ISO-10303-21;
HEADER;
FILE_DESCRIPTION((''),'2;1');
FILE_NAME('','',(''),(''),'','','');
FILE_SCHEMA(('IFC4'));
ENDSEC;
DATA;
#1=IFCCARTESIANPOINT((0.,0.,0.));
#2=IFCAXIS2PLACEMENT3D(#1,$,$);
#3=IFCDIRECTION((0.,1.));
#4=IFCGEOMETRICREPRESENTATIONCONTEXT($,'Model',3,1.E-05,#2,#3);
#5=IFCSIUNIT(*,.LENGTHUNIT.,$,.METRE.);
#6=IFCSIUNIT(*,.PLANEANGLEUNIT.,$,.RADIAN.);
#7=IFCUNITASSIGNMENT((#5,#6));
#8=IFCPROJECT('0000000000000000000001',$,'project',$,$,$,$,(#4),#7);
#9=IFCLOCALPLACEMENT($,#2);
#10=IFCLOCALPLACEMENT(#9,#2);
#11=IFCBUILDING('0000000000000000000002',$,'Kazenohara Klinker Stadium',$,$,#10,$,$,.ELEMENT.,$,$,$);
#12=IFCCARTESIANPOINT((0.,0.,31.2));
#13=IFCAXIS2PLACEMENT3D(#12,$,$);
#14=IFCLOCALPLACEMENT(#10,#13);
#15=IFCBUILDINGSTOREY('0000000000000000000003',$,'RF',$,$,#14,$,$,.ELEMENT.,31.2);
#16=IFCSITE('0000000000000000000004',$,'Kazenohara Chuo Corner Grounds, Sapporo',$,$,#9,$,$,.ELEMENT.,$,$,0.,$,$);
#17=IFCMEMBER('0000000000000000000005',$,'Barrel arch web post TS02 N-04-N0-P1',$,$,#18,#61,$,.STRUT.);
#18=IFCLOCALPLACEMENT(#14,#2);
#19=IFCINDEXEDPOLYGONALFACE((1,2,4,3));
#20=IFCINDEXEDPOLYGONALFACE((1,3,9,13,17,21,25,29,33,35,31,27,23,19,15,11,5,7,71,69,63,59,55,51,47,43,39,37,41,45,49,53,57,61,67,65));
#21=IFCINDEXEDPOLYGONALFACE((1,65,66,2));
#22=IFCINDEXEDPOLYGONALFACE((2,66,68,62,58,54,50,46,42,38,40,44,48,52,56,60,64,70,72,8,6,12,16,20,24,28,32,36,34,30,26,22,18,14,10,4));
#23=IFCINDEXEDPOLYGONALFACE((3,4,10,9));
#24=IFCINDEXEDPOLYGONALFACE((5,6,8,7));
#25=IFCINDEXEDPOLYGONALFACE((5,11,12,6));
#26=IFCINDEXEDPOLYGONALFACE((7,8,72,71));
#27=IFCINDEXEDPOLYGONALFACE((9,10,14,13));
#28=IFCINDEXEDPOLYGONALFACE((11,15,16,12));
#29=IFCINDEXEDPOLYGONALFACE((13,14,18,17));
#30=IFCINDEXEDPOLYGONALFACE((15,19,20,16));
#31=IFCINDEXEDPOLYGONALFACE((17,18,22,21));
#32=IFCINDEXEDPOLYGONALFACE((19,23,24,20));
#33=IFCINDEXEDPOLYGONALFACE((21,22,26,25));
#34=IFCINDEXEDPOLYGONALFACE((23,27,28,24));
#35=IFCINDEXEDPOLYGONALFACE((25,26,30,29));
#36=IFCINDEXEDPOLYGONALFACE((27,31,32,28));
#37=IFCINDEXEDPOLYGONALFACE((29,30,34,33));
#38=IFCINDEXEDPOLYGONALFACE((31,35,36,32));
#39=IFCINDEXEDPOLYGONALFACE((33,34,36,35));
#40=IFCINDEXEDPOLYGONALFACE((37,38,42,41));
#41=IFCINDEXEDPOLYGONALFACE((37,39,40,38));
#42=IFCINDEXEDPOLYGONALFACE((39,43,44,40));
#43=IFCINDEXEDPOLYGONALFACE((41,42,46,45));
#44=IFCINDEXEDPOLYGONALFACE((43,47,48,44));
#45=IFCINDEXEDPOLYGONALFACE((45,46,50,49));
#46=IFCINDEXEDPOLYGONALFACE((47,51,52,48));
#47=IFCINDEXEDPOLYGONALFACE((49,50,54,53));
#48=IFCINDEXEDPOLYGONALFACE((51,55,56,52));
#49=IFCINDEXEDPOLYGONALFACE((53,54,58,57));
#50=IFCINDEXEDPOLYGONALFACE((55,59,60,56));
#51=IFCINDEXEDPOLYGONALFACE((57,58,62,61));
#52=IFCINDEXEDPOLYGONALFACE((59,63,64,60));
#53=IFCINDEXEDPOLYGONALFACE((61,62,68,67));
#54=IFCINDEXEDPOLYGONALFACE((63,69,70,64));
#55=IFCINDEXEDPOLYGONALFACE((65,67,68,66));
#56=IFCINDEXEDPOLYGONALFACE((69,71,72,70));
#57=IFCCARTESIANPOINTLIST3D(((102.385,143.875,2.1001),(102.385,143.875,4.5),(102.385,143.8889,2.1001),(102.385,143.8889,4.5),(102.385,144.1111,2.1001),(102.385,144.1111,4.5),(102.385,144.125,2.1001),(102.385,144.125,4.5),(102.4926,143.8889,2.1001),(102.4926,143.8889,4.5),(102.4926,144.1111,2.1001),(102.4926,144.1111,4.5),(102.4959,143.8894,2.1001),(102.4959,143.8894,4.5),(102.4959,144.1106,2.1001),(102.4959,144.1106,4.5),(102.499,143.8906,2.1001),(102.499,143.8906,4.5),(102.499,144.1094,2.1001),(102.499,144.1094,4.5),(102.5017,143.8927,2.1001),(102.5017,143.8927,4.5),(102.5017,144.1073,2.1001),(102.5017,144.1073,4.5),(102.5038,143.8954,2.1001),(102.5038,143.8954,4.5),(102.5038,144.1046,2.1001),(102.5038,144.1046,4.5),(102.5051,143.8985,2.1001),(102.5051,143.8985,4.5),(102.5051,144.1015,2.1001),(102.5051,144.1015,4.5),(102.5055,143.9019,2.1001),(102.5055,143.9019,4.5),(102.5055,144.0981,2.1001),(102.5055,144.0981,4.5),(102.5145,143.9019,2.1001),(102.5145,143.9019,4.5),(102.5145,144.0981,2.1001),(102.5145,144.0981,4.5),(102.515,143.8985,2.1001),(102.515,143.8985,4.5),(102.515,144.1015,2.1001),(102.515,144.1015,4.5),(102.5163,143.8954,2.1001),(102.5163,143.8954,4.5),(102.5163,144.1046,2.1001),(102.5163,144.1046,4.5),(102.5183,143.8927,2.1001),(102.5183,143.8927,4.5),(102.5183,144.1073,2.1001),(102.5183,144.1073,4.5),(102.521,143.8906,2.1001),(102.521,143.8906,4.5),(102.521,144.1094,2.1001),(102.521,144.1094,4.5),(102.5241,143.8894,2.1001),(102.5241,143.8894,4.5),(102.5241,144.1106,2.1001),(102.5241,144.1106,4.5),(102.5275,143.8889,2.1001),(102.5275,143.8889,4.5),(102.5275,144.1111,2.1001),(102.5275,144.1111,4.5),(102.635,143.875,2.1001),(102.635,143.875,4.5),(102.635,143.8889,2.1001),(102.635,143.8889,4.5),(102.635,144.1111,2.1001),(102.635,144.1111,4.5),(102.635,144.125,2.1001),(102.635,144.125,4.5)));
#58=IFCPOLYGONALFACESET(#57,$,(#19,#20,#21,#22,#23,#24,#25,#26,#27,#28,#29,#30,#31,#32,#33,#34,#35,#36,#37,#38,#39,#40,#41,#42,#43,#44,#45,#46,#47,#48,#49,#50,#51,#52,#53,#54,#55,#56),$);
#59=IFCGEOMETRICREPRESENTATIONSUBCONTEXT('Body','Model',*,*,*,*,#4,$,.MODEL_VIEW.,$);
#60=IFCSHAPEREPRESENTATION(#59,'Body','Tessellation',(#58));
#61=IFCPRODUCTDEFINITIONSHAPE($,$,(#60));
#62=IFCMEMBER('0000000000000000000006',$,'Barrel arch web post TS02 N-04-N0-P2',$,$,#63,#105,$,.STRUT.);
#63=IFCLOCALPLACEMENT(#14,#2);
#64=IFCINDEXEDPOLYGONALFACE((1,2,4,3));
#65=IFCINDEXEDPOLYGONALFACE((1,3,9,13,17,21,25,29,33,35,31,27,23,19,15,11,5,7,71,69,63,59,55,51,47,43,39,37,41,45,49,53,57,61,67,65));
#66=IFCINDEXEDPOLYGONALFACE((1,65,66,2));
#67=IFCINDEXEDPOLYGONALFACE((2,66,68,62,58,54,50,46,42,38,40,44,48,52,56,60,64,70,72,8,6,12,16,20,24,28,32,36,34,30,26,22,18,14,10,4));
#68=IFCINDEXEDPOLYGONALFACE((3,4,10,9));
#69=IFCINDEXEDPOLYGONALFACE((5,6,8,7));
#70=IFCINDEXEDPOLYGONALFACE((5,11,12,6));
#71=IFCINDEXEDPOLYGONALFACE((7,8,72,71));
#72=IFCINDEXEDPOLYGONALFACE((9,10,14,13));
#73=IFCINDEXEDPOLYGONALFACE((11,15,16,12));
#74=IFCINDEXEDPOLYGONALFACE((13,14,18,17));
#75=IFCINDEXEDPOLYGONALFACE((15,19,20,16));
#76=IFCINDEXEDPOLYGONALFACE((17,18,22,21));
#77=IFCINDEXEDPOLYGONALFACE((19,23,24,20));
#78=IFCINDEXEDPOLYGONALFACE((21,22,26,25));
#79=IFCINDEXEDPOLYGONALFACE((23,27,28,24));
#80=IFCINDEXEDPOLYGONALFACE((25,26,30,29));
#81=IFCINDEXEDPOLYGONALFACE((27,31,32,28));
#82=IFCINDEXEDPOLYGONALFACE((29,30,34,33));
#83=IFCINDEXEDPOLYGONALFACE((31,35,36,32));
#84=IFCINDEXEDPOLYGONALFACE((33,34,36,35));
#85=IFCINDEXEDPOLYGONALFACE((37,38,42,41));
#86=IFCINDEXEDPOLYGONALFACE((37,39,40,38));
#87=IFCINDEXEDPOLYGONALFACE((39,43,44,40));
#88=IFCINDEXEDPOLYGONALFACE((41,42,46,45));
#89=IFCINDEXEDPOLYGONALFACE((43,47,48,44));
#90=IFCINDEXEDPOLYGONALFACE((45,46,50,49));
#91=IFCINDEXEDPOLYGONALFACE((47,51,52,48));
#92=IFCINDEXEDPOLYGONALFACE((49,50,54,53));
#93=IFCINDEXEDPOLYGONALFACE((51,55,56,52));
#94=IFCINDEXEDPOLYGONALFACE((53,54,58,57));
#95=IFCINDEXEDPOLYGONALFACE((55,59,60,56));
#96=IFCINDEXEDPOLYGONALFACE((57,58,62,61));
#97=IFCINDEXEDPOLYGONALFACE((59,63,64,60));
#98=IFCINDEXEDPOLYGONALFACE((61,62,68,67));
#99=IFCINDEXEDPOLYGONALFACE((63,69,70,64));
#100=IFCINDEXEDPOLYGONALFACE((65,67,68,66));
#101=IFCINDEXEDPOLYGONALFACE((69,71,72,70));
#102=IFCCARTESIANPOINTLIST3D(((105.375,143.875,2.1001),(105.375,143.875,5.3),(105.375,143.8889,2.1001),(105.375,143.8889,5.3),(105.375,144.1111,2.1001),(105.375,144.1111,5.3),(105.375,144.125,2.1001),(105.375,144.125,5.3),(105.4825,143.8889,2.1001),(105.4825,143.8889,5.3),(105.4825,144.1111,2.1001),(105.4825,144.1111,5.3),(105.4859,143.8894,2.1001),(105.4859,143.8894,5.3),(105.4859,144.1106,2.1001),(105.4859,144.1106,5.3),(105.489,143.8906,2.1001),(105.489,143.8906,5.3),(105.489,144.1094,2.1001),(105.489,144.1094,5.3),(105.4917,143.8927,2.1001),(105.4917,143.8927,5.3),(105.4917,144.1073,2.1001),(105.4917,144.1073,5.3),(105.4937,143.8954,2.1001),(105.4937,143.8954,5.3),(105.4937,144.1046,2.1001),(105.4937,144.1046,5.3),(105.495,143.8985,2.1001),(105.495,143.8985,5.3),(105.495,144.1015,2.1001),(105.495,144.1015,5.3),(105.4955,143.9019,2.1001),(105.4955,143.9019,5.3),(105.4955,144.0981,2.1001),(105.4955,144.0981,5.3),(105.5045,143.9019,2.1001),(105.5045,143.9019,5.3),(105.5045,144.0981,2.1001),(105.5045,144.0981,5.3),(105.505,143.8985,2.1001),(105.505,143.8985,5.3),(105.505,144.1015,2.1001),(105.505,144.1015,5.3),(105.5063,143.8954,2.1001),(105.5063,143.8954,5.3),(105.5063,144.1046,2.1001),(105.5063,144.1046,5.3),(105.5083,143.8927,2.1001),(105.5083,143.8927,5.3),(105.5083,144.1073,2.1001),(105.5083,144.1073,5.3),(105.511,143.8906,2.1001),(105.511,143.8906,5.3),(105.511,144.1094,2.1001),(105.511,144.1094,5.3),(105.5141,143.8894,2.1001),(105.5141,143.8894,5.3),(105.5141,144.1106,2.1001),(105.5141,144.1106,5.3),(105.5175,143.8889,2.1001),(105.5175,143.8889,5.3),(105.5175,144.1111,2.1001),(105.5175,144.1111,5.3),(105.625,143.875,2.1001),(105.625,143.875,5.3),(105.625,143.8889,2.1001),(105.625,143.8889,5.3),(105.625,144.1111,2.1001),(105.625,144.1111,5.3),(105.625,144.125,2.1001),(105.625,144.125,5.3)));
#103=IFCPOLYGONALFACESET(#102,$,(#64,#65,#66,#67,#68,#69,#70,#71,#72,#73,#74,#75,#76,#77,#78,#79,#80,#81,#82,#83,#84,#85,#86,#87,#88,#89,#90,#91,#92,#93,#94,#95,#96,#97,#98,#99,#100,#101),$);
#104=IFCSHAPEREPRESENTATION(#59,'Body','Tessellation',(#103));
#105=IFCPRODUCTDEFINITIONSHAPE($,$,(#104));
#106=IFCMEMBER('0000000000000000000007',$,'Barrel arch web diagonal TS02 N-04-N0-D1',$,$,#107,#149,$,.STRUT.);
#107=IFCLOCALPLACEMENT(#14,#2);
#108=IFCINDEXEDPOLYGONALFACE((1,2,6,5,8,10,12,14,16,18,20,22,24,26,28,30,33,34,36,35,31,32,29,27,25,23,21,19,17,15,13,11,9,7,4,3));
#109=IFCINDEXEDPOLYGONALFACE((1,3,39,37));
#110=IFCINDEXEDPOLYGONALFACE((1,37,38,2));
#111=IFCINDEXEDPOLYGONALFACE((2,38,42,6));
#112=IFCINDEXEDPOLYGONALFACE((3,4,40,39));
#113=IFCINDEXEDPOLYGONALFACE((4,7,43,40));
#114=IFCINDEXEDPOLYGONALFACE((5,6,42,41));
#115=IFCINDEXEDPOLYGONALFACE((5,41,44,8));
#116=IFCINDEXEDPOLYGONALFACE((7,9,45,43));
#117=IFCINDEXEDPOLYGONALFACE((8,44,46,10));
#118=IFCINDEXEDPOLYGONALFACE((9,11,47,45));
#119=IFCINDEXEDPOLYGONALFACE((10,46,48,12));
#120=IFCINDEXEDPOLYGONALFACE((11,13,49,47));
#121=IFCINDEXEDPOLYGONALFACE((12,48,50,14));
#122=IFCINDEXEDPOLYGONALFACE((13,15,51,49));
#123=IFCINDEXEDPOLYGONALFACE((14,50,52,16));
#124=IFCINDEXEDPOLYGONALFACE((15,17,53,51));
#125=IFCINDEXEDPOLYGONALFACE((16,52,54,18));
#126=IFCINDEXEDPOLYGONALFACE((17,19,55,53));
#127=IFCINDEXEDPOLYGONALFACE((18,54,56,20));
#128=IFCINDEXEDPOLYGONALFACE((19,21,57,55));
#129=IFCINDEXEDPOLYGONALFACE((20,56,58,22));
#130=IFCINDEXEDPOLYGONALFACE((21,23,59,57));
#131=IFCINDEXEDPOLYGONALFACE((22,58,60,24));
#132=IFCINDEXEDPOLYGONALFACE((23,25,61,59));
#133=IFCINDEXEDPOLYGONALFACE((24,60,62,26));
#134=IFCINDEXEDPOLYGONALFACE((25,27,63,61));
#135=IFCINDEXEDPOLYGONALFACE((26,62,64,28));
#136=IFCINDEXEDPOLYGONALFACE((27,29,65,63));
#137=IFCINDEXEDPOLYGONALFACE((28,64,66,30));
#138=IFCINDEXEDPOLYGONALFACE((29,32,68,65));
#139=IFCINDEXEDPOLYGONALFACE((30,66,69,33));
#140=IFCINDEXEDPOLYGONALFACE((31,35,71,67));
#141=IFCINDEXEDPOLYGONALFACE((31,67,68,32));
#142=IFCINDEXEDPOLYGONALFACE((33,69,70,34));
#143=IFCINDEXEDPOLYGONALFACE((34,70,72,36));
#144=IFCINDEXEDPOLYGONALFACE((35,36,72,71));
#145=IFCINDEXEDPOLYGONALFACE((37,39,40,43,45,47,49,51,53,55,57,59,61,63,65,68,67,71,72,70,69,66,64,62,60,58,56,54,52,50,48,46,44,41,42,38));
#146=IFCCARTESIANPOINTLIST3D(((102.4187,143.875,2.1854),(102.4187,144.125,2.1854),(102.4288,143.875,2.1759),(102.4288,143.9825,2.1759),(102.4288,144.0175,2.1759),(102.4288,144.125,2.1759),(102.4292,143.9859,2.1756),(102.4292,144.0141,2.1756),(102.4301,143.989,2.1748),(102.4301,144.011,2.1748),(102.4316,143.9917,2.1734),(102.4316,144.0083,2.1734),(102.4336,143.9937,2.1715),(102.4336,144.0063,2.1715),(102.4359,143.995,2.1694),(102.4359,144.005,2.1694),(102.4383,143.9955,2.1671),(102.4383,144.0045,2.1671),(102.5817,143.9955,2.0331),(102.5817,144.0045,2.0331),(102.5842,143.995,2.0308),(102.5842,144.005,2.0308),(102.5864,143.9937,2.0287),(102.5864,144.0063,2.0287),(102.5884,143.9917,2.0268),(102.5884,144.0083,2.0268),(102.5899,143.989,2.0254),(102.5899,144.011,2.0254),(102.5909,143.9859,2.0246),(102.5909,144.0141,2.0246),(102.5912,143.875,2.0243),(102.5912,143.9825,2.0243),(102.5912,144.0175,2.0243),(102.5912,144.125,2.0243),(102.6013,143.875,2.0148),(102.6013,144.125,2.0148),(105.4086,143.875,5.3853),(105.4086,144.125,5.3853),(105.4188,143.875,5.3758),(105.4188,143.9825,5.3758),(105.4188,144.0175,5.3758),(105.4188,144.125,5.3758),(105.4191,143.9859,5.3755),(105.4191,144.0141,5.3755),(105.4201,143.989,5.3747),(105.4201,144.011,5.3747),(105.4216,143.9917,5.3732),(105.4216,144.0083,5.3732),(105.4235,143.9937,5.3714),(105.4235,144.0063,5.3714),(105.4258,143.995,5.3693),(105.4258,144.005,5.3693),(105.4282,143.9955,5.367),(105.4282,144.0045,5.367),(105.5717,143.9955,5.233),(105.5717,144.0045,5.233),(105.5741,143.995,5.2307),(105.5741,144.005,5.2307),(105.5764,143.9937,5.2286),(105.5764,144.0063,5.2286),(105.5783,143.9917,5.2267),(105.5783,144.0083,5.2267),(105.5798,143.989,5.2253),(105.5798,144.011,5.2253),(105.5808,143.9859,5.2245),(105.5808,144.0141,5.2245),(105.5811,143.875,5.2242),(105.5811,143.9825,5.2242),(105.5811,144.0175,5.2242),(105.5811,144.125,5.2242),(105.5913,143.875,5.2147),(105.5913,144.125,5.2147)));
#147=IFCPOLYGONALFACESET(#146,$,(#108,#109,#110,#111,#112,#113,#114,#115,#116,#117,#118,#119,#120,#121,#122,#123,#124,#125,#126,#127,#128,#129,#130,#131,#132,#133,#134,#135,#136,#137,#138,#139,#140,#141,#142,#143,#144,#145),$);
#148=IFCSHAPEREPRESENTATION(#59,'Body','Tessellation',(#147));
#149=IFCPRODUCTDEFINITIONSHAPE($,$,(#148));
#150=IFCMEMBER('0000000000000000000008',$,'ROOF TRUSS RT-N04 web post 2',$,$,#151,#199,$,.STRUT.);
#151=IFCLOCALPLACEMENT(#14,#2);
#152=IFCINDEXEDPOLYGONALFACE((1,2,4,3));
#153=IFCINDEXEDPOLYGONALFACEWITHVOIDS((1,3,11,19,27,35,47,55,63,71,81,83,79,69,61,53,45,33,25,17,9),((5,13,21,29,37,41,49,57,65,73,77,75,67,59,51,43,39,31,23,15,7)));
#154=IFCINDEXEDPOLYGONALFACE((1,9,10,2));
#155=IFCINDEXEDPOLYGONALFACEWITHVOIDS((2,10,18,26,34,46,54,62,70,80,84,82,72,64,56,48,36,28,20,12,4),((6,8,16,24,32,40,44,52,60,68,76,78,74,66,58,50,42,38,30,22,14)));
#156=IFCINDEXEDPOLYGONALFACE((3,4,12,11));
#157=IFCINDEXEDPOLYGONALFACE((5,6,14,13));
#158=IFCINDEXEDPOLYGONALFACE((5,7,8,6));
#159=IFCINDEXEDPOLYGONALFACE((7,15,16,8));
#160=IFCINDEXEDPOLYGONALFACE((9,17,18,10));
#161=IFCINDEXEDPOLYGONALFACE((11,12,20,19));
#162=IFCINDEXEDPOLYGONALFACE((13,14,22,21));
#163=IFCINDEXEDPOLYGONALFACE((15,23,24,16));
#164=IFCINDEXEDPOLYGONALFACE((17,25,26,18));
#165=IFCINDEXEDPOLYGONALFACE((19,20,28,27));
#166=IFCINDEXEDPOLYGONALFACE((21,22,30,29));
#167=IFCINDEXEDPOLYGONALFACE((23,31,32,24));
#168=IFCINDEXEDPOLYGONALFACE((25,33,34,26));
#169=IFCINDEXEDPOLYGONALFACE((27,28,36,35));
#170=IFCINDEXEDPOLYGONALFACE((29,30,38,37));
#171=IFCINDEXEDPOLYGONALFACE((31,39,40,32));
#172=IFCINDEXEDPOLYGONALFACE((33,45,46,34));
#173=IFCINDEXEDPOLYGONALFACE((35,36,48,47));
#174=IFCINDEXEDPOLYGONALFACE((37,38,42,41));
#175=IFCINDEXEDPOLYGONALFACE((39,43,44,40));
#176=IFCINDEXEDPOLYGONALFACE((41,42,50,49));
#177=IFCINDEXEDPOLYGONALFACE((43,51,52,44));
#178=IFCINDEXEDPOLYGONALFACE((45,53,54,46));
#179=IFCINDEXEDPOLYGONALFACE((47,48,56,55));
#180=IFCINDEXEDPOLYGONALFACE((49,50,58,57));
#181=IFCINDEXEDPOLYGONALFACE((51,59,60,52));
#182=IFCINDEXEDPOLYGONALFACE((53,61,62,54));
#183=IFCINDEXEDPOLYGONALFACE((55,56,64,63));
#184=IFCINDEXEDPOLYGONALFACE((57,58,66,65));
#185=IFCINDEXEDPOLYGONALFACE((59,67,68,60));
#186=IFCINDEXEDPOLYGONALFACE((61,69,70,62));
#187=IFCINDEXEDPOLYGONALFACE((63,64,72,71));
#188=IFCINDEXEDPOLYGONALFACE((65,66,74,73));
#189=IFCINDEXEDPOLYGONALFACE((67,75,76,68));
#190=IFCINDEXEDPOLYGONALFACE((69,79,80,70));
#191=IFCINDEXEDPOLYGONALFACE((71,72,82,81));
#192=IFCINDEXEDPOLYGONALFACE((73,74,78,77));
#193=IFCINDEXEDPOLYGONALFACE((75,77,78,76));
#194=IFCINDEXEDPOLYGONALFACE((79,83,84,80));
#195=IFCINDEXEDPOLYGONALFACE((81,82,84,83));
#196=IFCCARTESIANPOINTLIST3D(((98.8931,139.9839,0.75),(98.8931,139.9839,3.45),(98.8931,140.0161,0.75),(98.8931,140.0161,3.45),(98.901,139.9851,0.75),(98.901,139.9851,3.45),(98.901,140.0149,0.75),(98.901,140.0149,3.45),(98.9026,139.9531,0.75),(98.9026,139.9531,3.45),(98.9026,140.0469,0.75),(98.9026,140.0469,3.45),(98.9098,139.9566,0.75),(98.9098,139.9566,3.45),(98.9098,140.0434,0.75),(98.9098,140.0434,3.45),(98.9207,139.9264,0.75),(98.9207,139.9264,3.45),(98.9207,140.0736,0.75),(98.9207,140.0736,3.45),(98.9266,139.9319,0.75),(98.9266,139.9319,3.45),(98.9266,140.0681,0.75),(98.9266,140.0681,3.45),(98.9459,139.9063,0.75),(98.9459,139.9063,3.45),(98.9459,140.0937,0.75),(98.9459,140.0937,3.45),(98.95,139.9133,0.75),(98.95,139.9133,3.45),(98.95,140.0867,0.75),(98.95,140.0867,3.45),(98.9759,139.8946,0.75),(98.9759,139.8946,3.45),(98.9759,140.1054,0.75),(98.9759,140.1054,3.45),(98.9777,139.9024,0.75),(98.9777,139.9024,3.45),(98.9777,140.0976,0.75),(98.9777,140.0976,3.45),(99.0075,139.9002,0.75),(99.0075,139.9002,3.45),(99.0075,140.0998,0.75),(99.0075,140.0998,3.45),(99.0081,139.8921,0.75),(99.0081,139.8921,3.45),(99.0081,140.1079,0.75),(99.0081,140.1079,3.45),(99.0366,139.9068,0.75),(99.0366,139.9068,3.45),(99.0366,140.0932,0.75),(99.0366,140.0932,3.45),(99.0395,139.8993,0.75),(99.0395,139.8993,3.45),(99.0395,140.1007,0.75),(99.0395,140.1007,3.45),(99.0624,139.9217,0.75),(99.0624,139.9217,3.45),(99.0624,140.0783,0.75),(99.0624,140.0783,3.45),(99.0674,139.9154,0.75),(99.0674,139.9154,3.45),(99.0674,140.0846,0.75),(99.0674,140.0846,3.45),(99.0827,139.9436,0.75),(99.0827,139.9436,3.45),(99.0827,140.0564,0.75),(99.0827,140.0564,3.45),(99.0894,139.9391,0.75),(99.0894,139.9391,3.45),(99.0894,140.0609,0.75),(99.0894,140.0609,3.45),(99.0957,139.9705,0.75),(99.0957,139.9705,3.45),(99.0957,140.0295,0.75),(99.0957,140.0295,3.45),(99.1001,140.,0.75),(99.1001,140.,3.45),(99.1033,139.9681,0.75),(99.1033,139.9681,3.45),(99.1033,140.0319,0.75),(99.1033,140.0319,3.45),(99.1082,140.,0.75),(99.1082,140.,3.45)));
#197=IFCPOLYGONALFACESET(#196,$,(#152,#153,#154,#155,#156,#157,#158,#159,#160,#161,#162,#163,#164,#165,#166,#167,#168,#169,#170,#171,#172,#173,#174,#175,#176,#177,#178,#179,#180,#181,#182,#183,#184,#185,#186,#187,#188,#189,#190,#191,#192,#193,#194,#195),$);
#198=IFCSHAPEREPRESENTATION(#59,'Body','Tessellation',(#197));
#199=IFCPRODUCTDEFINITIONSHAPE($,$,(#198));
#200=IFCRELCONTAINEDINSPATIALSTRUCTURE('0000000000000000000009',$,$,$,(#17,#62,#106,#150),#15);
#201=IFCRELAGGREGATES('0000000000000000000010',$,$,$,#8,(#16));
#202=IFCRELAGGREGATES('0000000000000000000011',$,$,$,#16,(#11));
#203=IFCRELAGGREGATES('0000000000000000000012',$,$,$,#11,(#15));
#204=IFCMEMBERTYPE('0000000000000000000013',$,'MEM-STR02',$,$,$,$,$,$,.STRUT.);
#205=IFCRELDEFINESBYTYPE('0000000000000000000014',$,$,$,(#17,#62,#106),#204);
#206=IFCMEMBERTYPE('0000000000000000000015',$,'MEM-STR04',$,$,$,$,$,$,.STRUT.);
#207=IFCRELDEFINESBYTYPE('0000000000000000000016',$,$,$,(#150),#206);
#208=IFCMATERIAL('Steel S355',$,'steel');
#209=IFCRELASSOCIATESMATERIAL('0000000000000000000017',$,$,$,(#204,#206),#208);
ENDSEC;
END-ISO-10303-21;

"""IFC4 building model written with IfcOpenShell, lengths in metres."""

from ifc_helpers import new_model, si_unit, direction, frame, origin, origin_2d, place, context, subcontext, project, spatial, hollow_circle, i_section, extrude, material, material_profile, profile_set, type_object, element, save


model = new_model("IFC4")

# Units and contexts
model_context = context("Model", 3, precision=1e-05, world=origin(), true_north=direction((0.0, 1.0)))
body_context = subcontext(model_context, "Body", "Model", "MODEL_VIEW")
ifc_project = project(units=[si_unit("LENGTHUNIT", "METRE"), si_unit("PLANEANGLEUNIT", "RADIAN")], contexts=[model_context])

# Site, building, storey
site_placement = place(None, origin())
site = spatial("IfcSite", under=ifc_project, at=site_placement, Name="Kazenohara Chuo Corner Grounds, Sapporo", CompositionType="ELEMENT", RefElevation=0.0)
building_placement = place(site_placement, origin())
building = spatial("IfcBuilding", under=site, at=building_placement, Name="Kazenohara Klinker Stadium", CompositionType="ELEMENT")
storey_placement = place(building_placement, frame((0.0, 0.0, 31.2)))
storey = spatial("IfcBuildingStorey", under=building, at=storey_placement, Name="RF", CompositionType="ELEMENT", Elevation=31.2)

# Members
ifc_material_1 = material(Name="Steel S355", Category="steel")
ifc_material_profile_1 = material_profile(ifc_material_1, i_section(OverallWidth=0.25, OverallDepth=0.25, WebThickness=0.009, FlangeThickness=0.0139, FilletRadius=0.0129, at=origin_2d()), Name="H-250x250x9x14")
ifc_profile_set_1 = profile_set([ifc_material_profile_1], Name="Steel S355")
member_type_1 = type_object("IfcMemberType", Name="MEM-STR02", PredefinedType="STRUT", material=ifc_profile_set_1)
member_1_placement = place(storey_placement, frame((102.51, 144.0, 2.1001), z_axis=(0.0, 0.0, 1.0), x_axis=(1.0, 0.0, 0.0)))
element("IfcMember", 1, at=member_1_placement, inside=storey, type_object=member_type_1, Name="Barrel arch web post TS02 N-04-N0-P1", PredefinedType="STRUT", context=body_context, shape_type="SweptSolid", body=[
    extrude(i_section(OverallWidth=0.25, OverallDepth=0.25, WebThickness=0.009, FlangeThickness=0.0139, FilletRadius=0.0129, at=origin_2d()), origin(), (0.0, 0.0, 1.0), 2.3999),
])
member_2_placement = place(storey_placement, frame((105.5, 144.0, 2.1001), z_axis=(0.0, 0.0, 1.0), x_axis=(1.0, 0.0, 0.0)))
element("IfcMember", 2, at=member_2_placement, inside=storey, type_object=member_type_1, Name="Barrel arch web post TS02 N-04-N0-P2", PredefinedType="STRUT", context=body_context, shape_type="SweptSolid", body=[
    extrude(i_section(OverallWidth=0.25, OverallDepth=0.25, WebThickness=0.009, FlangeThickness=0.0139, FilletRadius=0.0129, at=origin_2d()), origin(), (0.0, 0.0, 1.0), 3.2),
])
member_3_placement = place(storey_placement, frame((102.51, 144.0, 2.1001), z_axis=(0.682729, 0.0, 0.730671), x_axis=(0.0, 1.0, 0.0)))
element("IfcMember", 3, at=member_3_placement, inside=storey, type_object=member_type_1, Name="Barrel arch web diagonal TS02 N-04-N0-D1", PredefinedType="STRUT", context=body_context, shape_type="SweptSolid", body=[
    extrude(i_section(OverallWidth=0.25, OverallDepth=0.25, WebThickness=0.009, FlangeThickness=0.0139, FilletRadius=0.0129, at=origin_2d()), origin(), (0.0, 0.0, 1.0), 4.3794),
])
ifc_material_profile_2 = material_profile(ifc_material_1, hollow_circle(Radius=0.1082, WallThickness=0.0081, at=origin_2d()), Name="CHS-216.3x8")
ifc_profile_set_2 = profile_set([ifc_material_profile_2], Name="Steel S355")
member_type_2 = type_object("IfcMemberType", Name="MEM-STR04", PredefinedType="STRUT", material=ifc_profile_set_2)
member_4_placement = place(storey_placement, frame((99.0, 140.0, 0.75), z_axis=(0.0, 0.0, 1.0), x_axis=(1.0, 0.0, 0.0)))
element("IfcMember", 4, at=member_4_placement, inside=storey, type_object=member_type_2, Name="ROOF TRUSS RT-N04 web post 2", PredefinedType="STRUT", context=body_context, shape_type="SweptSolid", body=[
    extrude(hollow_circle(Radius=0.1082, WallThickness=0.0081, at=origin_2d()), origin(), (0.0, 0.0, 1.0), 2.7),
])

save(model, "model.ifc")
